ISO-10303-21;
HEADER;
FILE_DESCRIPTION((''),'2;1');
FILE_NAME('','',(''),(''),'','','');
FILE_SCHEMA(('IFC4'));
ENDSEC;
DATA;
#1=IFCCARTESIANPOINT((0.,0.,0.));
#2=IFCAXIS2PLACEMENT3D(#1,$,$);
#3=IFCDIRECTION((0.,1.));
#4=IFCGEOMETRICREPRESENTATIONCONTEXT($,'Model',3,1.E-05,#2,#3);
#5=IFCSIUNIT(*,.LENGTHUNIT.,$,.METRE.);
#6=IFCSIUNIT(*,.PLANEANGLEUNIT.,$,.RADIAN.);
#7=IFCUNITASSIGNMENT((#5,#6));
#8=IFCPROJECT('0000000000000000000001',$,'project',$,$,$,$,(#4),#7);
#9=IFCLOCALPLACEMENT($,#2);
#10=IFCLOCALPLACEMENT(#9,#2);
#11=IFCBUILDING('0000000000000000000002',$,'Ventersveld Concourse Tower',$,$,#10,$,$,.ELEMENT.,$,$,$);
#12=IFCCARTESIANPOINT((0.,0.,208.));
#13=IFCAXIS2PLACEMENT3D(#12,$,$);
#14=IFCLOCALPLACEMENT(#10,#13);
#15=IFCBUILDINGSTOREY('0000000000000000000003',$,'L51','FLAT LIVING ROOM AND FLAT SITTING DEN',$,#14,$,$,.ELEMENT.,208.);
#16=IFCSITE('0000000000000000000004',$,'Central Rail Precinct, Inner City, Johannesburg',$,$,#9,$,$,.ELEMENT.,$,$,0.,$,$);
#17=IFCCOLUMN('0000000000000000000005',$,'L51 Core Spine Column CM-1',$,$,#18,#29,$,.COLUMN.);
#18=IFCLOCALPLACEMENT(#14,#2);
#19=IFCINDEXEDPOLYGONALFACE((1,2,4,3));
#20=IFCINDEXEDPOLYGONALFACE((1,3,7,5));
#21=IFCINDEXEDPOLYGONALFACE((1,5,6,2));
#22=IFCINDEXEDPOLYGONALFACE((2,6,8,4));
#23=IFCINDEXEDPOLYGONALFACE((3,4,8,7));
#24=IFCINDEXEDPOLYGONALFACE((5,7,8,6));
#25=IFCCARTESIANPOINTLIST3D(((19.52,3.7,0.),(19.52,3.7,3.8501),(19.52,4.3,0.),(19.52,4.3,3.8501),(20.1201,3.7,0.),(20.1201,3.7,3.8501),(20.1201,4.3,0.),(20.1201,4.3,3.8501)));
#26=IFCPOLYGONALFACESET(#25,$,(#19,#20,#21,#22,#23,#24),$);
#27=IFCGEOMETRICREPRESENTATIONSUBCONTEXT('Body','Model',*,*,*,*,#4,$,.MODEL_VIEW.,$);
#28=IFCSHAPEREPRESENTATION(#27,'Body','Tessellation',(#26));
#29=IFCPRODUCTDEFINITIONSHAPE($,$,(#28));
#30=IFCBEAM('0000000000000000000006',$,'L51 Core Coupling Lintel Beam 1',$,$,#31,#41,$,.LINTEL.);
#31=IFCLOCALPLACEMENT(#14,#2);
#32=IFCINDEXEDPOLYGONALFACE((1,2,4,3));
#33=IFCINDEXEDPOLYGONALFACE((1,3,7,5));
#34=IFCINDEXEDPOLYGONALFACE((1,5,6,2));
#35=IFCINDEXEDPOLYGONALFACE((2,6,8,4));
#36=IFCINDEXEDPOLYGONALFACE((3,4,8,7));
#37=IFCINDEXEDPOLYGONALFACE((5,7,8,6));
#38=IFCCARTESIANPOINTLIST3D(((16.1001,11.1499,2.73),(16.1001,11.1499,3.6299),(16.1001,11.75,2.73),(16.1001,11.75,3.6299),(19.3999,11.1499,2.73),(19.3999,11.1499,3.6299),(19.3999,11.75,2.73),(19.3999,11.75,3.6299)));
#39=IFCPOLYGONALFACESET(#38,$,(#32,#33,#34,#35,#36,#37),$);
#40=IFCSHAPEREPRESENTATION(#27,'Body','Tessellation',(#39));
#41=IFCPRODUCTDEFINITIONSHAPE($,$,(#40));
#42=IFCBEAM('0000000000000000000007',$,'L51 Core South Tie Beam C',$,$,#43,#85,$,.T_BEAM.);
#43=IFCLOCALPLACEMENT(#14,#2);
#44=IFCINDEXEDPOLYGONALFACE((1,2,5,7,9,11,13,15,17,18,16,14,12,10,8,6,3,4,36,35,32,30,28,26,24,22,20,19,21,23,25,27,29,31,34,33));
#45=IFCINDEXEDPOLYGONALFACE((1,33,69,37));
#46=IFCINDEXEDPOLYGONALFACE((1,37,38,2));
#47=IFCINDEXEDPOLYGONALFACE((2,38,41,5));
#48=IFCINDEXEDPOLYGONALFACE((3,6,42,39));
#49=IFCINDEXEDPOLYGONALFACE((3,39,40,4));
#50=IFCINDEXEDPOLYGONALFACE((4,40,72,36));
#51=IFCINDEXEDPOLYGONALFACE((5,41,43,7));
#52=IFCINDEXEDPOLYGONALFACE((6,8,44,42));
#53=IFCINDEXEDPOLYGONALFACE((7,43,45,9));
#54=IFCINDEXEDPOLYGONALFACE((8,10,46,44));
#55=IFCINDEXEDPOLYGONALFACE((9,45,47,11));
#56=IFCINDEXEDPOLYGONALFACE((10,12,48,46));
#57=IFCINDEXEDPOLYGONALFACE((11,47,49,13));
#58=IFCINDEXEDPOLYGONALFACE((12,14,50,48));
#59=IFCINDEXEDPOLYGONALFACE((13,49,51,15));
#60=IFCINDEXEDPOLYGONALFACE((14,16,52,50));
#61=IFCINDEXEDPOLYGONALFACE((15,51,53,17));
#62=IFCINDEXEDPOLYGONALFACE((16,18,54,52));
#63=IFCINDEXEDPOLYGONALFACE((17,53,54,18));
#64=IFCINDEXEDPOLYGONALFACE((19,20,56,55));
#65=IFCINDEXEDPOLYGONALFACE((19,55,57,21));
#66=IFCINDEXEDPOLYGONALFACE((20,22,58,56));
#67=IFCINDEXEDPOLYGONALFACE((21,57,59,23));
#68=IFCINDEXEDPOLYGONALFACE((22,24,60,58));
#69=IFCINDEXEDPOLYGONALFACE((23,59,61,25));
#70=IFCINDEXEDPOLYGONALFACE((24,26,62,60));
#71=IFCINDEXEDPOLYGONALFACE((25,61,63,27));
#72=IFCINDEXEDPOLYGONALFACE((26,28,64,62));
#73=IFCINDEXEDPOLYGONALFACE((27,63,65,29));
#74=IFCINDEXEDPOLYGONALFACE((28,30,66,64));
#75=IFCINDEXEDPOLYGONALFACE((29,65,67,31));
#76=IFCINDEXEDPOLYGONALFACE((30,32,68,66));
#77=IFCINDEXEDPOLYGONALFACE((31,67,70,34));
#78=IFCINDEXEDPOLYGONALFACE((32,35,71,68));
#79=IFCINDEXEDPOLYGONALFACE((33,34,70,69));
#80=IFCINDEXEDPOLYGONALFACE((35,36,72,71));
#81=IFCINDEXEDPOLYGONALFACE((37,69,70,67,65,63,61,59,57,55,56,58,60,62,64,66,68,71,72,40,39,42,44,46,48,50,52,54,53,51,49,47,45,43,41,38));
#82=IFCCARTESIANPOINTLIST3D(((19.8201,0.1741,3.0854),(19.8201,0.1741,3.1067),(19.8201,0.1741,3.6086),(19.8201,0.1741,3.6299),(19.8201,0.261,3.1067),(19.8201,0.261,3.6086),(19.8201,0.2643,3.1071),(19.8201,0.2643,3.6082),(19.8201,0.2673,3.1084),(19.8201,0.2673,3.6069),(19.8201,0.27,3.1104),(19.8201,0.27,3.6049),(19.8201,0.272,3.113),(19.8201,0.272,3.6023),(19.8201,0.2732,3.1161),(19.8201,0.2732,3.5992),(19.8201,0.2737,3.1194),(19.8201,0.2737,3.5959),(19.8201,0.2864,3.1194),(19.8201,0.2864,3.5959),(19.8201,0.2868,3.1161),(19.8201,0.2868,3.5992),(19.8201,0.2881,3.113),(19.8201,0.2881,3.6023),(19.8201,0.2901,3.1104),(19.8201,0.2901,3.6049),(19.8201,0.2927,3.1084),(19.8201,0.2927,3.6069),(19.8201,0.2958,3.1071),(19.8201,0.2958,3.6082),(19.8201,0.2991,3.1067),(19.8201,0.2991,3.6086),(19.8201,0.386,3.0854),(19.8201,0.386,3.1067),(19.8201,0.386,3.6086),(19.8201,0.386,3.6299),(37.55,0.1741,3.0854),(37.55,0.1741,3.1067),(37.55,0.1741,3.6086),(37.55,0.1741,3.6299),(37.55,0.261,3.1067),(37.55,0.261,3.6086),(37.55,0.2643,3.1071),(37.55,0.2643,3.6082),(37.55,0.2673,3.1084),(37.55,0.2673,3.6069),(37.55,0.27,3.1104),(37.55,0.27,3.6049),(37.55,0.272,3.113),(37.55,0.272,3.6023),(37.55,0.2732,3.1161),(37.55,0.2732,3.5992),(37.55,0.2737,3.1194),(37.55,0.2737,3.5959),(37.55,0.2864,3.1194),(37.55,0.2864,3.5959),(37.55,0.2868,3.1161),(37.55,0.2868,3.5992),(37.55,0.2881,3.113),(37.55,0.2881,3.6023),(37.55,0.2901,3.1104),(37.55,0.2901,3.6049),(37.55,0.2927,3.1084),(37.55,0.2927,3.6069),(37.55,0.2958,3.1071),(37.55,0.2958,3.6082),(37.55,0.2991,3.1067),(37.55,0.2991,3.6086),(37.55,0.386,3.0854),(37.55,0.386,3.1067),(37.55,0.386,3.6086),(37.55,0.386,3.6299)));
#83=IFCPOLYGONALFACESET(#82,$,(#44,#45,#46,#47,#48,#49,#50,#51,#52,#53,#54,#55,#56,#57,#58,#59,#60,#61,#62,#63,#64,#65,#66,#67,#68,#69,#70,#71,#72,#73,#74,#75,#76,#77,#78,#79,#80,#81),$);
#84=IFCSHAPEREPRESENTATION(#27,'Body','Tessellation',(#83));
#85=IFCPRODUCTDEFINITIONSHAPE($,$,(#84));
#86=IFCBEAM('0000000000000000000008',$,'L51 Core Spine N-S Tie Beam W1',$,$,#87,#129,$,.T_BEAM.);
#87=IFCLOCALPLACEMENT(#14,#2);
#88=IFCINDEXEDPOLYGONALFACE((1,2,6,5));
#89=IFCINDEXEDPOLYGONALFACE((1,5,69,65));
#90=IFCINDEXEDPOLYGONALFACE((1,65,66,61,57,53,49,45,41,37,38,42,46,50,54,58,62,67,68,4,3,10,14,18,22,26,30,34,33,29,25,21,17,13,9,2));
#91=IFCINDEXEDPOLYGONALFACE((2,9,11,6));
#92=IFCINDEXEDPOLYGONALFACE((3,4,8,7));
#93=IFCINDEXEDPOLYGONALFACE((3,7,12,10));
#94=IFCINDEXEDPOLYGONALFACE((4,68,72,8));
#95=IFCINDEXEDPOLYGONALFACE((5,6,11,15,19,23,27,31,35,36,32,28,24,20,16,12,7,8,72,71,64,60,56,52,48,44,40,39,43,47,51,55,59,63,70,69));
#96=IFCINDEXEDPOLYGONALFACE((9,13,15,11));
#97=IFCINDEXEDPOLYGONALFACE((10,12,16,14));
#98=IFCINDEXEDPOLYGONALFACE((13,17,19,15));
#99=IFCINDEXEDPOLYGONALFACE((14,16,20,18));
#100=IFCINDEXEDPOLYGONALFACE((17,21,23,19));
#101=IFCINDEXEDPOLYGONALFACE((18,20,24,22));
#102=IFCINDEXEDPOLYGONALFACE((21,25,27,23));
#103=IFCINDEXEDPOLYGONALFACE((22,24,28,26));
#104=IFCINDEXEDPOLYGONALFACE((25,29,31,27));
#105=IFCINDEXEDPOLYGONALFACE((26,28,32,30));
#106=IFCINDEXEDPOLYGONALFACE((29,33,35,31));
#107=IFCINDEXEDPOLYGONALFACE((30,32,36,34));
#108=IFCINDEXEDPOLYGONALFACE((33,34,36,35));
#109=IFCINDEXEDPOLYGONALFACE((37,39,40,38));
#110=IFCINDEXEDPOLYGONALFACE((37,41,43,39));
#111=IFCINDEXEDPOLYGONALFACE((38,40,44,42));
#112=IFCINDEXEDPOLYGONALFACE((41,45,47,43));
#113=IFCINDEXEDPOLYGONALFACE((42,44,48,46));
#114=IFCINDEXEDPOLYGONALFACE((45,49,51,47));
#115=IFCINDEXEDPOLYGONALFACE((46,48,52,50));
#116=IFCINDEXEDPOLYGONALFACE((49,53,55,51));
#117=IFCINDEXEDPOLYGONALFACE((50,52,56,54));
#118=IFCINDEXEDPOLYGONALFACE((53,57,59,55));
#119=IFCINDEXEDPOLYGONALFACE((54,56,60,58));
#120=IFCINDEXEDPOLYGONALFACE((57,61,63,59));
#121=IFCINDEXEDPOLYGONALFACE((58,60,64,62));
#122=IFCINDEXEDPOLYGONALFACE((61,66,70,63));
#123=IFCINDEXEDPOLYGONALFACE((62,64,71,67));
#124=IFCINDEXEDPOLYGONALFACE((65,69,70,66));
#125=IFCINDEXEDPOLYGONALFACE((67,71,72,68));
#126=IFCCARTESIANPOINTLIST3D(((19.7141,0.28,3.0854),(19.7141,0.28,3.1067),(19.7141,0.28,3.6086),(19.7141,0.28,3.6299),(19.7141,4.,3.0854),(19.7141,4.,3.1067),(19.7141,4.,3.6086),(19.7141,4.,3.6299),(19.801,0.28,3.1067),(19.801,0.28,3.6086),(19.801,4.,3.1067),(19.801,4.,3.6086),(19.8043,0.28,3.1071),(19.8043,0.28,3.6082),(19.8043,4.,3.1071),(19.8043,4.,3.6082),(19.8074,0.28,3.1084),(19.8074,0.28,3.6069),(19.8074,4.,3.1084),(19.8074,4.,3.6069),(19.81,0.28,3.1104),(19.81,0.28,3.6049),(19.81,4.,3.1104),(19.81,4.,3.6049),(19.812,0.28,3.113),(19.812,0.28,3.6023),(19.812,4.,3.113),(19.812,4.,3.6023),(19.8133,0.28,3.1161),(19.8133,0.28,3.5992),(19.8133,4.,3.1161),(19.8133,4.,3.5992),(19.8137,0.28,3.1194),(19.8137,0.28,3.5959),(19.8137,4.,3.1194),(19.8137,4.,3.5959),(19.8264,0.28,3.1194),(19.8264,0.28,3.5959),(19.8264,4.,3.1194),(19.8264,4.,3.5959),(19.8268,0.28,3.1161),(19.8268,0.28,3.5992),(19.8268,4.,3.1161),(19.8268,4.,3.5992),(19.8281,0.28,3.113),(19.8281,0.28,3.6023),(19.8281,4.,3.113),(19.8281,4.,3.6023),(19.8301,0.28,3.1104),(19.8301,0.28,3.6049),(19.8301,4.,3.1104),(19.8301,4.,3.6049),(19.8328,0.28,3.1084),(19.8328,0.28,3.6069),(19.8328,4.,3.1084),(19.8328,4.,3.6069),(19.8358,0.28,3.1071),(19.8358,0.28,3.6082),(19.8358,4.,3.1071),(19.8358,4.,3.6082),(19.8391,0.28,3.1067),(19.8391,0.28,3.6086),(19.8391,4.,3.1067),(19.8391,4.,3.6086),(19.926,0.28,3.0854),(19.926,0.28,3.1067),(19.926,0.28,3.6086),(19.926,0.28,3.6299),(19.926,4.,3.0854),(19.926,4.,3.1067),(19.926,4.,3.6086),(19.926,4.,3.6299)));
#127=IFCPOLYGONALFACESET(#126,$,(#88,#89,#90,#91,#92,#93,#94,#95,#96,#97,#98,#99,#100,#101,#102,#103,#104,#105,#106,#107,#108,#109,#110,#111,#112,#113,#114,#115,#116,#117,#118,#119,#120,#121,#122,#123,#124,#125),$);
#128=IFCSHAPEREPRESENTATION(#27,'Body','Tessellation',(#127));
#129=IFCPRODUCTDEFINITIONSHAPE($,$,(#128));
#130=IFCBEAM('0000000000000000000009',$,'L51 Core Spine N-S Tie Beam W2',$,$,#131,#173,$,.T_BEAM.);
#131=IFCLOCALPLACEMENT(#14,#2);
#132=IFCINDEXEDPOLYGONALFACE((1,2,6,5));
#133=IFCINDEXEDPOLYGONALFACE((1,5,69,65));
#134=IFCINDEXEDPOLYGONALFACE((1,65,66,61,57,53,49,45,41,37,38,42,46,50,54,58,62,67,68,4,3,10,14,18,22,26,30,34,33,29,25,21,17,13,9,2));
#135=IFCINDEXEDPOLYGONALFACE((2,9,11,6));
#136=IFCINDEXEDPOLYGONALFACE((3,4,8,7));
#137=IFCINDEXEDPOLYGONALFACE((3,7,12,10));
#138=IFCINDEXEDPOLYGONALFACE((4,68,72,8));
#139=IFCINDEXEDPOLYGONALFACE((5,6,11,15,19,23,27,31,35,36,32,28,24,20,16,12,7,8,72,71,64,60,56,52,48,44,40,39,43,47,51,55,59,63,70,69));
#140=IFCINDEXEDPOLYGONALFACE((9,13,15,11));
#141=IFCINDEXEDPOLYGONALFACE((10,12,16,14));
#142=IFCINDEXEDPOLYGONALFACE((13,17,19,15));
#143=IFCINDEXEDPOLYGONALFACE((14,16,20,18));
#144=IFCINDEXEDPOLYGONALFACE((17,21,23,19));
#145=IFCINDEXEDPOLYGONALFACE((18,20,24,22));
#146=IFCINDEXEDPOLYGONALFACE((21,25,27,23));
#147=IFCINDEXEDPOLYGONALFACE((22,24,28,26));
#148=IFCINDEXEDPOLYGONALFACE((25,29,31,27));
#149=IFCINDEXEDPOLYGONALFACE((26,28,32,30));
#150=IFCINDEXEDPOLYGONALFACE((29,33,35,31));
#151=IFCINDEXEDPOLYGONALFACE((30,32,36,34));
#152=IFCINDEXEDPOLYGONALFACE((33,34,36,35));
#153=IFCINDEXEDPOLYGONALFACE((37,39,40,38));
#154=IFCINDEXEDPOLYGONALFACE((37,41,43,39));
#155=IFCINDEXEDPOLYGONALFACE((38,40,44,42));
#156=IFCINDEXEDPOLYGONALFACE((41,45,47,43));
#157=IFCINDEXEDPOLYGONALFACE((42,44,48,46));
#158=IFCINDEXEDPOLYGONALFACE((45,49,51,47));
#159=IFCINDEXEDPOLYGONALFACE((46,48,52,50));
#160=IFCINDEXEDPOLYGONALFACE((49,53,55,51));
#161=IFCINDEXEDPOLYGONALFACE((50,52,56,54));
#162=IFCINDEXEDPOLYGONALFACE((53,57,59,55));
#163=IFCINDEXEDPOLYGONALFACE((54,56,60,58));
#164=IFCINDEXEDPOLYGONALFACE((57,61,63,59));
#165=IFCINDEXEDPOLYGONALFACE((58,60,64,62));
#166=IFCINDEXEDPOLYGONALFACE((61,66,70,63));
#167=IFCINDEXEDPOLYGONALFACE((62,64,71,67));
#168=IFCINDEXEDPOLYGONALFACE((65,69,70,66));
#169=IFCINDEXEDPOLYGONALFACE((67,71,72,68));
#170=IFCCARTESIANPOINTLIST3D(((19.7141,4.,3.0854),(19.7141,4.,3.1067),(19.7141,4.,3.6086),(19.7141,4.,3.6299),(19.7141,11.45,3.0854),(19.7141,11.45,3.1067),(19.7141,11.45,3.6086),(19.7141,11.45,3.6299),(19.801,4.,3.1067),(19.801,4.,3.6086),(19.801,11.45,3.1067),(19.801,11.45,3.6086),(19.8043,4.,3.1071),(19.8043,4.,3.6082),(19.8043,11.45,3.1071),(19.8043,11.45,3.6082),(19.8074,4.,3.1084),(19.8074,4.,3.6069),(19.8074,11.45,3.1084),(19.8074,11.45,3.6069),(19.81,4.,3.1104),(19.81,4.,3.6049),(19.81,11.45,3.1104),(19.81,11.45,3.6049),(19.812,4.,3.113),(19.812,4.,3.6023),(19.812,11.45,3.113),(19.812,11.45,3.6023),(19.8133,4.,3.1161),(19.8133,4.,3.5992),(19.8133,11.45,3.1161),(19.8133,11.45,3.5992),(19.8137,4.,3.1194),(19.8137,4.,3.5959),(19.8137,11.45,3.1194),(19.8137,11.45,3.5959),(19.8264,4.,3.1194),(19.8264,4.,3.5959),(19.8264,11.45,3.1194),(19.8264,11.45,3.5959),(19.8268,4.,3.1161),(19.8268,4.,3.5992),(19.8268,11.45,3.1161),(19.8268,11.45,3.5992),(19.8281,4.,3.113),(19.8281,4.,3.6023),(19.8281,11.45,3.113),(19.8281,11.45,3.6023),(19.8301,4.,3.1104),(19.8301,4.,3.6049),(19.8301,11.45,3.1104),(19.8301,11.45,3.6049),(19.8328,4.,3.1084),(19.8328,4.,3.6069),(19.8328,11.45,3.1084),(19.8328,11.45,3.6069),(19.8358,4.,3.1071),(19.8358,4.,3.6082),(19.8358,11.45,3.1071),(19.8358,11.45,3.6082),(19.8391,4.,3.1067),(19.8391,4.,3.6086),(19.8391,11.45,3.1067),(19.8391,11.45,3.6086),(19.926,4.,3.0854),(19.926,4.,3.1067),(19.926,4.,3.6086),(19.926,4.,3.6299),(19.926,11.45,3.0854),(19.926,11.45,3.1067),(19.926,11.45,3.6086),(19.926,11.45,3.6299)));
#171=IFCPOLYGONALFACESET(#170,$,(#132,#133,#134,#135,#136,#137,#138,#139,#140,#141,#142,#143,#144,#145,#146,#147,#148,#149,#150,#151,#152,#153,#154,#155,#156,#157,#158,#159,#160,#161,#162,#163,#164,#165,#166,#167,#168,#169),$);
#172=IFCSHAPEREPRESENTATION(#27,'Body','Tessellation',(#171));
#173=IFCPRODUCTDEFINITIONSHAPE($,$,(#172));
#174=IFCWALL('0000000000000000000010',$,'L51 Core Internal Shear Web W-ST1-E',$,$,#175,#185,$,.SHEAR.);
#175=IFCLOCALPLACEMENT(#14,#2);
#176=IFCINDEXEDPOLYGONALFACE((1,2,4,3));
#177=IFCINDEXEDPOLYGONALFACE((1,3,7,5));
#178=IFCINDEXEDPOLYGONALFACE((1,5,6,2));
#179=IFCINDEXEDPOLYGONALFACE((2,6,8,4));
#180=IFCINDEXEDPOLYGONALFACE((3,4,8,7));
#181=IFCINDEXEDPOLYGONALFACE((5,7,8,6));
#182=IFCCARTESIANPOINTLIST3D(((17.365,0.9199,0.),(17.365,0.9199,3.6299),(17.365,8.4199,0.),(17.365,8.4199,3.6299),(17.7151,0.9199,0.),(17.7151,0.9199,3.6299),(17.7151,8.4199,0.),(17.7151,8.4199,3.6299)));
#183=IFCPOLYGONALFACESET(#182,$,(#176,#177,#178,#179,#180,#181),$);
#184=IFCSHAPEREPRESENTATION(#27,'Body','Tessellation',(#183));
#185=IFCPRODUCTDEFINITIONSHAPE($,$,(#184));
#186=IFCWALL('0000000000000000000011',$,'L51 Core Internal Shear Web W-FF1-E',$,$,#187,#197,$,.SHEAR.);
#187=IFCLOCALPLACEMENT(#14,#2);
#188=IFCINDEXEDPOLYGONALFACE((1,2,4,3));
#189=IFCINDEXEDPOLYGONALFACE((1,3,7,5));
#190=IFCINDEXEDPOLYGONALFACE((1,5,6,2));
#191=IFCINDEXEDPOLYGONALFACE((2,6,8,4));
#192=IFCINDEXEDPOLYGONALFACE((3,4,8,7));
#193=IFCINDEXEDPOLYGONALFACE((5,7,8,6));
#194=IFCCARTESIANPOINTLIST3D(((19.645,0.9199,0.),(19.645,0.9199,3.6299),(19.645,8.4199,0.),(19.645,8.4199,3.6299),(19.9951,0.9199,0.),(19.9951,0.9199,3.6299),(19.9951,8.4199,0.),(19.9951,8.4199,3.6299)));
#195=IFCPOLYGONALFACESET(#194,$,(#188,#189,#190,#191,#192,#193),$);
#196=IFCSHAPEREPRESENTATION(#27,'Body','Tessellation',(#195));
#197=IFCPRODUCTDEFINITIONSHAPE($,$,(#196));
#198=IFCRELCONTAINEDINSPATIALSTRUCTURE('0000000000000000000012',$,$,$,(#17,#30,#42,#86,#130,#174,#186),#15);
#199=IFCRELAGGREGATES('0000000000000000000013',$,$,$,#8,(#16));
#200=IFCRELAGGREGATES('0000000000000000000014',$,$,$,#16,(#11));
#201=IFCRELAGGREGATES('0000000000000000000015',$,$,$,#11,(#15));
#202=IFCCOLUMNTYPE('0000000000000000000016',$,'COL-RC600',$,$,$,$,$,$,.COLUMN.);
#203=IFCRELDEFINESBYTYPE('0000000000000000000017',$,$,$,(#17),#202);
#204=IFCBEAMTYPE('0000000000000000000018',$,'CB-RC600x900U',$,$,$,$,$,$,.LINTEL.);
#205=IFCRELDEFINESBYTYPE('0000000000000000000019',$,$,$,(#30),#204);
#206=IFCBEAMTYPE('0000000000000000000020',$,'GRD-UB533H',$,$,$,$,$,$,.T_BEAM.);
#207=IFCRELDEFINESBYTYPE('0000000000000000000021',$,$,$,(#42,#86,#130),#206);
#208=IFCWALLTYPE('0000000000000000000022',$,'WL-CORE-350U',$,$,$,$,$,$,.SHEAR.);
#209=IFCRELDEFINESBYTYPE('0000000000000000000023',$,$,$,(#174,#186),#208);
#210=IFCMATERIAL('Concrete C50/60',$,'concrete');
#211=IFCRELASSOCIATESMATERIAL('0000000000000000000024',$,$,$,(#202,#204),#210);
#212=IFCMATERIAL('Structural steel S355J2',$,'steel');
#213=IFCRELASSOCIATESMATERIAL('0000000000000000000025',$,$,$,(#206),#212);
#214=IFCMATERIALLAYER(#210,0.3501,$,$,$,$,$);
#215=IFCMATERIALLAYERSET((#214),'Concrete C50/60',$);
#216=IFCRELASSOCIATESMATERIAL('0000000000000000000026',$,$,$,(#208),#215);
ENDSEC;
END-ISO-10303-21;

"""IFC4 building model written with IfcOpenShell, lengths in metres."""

from ifc_helpers import new_model, si_unit, direction, frame, frame_2d, origin, origin_2d, place, context, subcontext, project, spatial, rectangle, i_section, extrude, material, layer, layer_set, material_profile, profile_set, type_object, element, save


model = new_model("IFC4")

# Units and contexts
model_context = context("Model", 3, precision=1e-05, world=origin(), true_north=direction((0.0, 1.0)))
body_context = subcontext(model_context, "Body", "Model", "MODEL_VIEW")
ifc_project = project(units=[si_unit("LENGTHUNIT", "METRE"), si_unit("PLANEANGLEUNIT", "RADIAN")], contexts=[model_context])

# Site, building, storey
site_placement = place(None, origin())
site = spatial("IfcSite", under=ifc_project, at=site_placement, Name="Central Rail Precinct, Inner City, Johannesburg", CompositionType="ELEMENT", RefElevation=0.0)
building_placement = place(site_placement, origin())
building = spatial("IfcBuilding", under=site, at=building_placement, Name="Ventersveld Concourse Tower", CompositionType="ELEMENT")
storey_placement = place(building_placement, frame((0.0, 0.0, 208.0)))
storey = spatial("IfcBuildingStorey", under=building, at=storey_placement, Name="L51", Description="FLAT LIVING ROOM AND FLAT SITTING DEN", CompositionType="ELEMENT", Elevation=208.0)

# Column
ifc_material_1 = material(Name="Concrete C50/60", Category="concrete")
ifc_material_profile_1 = material_profile(ifc_material_1, rectangle(XDim=0.6001, YDim=0.6001, at=origin_2d()), Name="RC 600x600")
ifc_profile_set_1 = profile_set([ifc_material_profile_1], Name="Concrete C50/60")
column_type = type_object("IfcColumnType", Name="COL-RC600", PredefinedType="COLUMN", material=ifc_profile_set_1)
column_placement = place(storey_placement, frame((19.8201, 4.0, 0.0), z_axis=(0.0, 0.0, 1.0), x_axis=(1.0, 0.0, 0.0)))
element("IfcColumn", 1, at=column_placement, inside=storey, type_object=column_type, Name="L51 Core Spine Column CM-1", PredefinedType="COLUMN", context=body_context, shape_type="SweptSolid", body=[
    extrude(rectangle(XDim=0.6001, YDim=0.6001, at=origin_2d()), origin(), (0.0, 0.0, 1.0), 3.8501),
])

# Beams
ifc_material_profile_2 = material_profile(ifc_material_1, rectangle(XDim=0.6001, YDim=0.8999, at=origin_2d()), Name="RC 600x900")
ifc_profile_set_2 = profile_set([ifc_material_profile_2], Name="Concrete C50/60")
beam_type_1 = type_object("IfcBeamType", Name="CB-RC600x900U", PredefinedType="LINTEL", material=ifc_profile_set_2)
beam_1_placement = place(storey_placement, frame((16.1001, 11.45, 3.1799), z_axis=(1.0, 0.0, 0.0), x_axis=(0.0, 1.0, 0.0)))
element("IfcBeam", 2, at=beam_1_placement, inside=storey, type_object=beam_type_1, Name="L51 Core Coupling Lintel Beam 1", PredefinedType="LINTEL", context=body_context, shape_type="SweptSolid", body=[
    extrude(rectangle(XDim=0.6001, YDim=0.8999, at=origin_2d()), origin(), (0.0, 0.0, 1.0), 3.2998),
])
ifc_material_2 = material(Name="Structural steel S355J2", Category="steel")
ifc_material_profile_3 = material_profile(ifc_material_2, i_section(OverallWidth=0.2119, OverallDepth=0.5444, WebThickness=0.0127, FlangeThickness=0.0212, FilletRadius=0.0127, at=origin_2d()), Name="UB 533x210x122")
ifc_profile_set_3 = profile_set([ifc_material_profile_3], Name="Structural steel S355J2")
beam_type_2 = type_object("IfcBeamType", Name="GRD-UB533H", PredefinedType="T_BEAM", material=ifc_profile_set_3)
beam_2_placement = place(storey_placement, frame((19.8201, 0.28, 3.3577), z_axis=(1.0, 0.0, 0.0), x_axis=(0.0, 1.0, 0.0)))
element("IfcBeam", 3, at=beam_2_placement, inside=storey, type_object=beam_type_2, Name="L51 Core South Tie Beam C", PredefinedType="T_BEAM", context=body_context, shape_type="SweptSolid", body=[
    extrude(i_section(OverallWidth=0.2119, OverallDepth=0.5444, WebThickness=0.0127, FlangeThickness=0.0212, FilletRadius=0.0127, at=origin_2d()), origin(), (0.0, 0.0, 1.0), 17.73),
])
beam_3_placement = place(storey_placement, frame((19.8201, 0.28, 3.3577), z_axis=(0.0, 1.0, 0.0), x_axis=(-1.0, 0.0, 0.0)))
element("IfcBeam", 4, at=beam_3_placement, inside=storey, type_object=beam_type_2, Name="L51 Core Spine N-S Tie Beam W1", PredefinedType="T_BEAM", context=body_context, shape_type="SweptSolid", body=[
    extrude(i_section(OverallWidth=0.2119, OverallDepth=0.5444, WebThickness=0.0127, FlangeThickness=0.0212, FilletRadius=0.0127, at=origin_2d()), origin(), (0.0, 0.0, 1.0), 3.72),
])
beam_4_placement = place(storey_placement, frame((19.8201, 4.0, 3.3577), z_axis=(0.0, 1.0, 0.0), x_axis=(-1.0, 0.0, 0.0)))
element("IfcBeam", 5, at=beam_4_placement, inside=storey, type_object=beam_type_2, Name="L51 Core Spine N-S Tie Beam W2", PredefinedType="T_BEAM", context=body_context, shape_type="SweptSolid", body=[
    extrude(i_section(OverallWidth=0.2119, OverallDepth=0.5444, WebThickness=0.0127, FlangeThickness=0.0212, FilletRadius=0.0127, at=origin_2d()), origin(), (0.0, 0.0, 1.0), 7.45),
])

# Walls
ifc_layer_1 = layer(ifc_material_1, 0.3501)
ifc_layer_set_1 = layer_set([ifc_layer_1], Name="Concrete C50/60")
wall_type_1 = type_object("IfcWallType", Name="WL-CORE-350U", PredefinedType="SHEAR", material=ifc_layer_set_1)
for number, where, z_axis, x_axis, name in (
    (6, (17.54, 0.9199, 0.0), (0.0, 0.0, 1.0), (0.0, 1.0, 0.0), "L51 Core Internal Shear Web W-ST1-E"),
    (7, (19.8201, 0.9199, 0.0), (0.0, 0.0, 1.0), (0.0, 1.0, 0.0), "L51 Core Internal Shear Web W-FF1-E"),
):
    element("IfcWall", number, at=place(storey_placement, frame(where, z_axis=z_axis, x_axis=x_axis)), inside=storey, type_object=wall_type_1, Name=name, PredefinedType="SHEAR", context=body_context, shape_type="SweptSolid", body=[
        extrude(rectangle(XDim=7.5, YDim=0.3501, at=frame_2d((3.75, 0.0))), origin(), (0.0, 0.0, 1.0), 3.6299),
    ])

save(model, "model.ifc")
